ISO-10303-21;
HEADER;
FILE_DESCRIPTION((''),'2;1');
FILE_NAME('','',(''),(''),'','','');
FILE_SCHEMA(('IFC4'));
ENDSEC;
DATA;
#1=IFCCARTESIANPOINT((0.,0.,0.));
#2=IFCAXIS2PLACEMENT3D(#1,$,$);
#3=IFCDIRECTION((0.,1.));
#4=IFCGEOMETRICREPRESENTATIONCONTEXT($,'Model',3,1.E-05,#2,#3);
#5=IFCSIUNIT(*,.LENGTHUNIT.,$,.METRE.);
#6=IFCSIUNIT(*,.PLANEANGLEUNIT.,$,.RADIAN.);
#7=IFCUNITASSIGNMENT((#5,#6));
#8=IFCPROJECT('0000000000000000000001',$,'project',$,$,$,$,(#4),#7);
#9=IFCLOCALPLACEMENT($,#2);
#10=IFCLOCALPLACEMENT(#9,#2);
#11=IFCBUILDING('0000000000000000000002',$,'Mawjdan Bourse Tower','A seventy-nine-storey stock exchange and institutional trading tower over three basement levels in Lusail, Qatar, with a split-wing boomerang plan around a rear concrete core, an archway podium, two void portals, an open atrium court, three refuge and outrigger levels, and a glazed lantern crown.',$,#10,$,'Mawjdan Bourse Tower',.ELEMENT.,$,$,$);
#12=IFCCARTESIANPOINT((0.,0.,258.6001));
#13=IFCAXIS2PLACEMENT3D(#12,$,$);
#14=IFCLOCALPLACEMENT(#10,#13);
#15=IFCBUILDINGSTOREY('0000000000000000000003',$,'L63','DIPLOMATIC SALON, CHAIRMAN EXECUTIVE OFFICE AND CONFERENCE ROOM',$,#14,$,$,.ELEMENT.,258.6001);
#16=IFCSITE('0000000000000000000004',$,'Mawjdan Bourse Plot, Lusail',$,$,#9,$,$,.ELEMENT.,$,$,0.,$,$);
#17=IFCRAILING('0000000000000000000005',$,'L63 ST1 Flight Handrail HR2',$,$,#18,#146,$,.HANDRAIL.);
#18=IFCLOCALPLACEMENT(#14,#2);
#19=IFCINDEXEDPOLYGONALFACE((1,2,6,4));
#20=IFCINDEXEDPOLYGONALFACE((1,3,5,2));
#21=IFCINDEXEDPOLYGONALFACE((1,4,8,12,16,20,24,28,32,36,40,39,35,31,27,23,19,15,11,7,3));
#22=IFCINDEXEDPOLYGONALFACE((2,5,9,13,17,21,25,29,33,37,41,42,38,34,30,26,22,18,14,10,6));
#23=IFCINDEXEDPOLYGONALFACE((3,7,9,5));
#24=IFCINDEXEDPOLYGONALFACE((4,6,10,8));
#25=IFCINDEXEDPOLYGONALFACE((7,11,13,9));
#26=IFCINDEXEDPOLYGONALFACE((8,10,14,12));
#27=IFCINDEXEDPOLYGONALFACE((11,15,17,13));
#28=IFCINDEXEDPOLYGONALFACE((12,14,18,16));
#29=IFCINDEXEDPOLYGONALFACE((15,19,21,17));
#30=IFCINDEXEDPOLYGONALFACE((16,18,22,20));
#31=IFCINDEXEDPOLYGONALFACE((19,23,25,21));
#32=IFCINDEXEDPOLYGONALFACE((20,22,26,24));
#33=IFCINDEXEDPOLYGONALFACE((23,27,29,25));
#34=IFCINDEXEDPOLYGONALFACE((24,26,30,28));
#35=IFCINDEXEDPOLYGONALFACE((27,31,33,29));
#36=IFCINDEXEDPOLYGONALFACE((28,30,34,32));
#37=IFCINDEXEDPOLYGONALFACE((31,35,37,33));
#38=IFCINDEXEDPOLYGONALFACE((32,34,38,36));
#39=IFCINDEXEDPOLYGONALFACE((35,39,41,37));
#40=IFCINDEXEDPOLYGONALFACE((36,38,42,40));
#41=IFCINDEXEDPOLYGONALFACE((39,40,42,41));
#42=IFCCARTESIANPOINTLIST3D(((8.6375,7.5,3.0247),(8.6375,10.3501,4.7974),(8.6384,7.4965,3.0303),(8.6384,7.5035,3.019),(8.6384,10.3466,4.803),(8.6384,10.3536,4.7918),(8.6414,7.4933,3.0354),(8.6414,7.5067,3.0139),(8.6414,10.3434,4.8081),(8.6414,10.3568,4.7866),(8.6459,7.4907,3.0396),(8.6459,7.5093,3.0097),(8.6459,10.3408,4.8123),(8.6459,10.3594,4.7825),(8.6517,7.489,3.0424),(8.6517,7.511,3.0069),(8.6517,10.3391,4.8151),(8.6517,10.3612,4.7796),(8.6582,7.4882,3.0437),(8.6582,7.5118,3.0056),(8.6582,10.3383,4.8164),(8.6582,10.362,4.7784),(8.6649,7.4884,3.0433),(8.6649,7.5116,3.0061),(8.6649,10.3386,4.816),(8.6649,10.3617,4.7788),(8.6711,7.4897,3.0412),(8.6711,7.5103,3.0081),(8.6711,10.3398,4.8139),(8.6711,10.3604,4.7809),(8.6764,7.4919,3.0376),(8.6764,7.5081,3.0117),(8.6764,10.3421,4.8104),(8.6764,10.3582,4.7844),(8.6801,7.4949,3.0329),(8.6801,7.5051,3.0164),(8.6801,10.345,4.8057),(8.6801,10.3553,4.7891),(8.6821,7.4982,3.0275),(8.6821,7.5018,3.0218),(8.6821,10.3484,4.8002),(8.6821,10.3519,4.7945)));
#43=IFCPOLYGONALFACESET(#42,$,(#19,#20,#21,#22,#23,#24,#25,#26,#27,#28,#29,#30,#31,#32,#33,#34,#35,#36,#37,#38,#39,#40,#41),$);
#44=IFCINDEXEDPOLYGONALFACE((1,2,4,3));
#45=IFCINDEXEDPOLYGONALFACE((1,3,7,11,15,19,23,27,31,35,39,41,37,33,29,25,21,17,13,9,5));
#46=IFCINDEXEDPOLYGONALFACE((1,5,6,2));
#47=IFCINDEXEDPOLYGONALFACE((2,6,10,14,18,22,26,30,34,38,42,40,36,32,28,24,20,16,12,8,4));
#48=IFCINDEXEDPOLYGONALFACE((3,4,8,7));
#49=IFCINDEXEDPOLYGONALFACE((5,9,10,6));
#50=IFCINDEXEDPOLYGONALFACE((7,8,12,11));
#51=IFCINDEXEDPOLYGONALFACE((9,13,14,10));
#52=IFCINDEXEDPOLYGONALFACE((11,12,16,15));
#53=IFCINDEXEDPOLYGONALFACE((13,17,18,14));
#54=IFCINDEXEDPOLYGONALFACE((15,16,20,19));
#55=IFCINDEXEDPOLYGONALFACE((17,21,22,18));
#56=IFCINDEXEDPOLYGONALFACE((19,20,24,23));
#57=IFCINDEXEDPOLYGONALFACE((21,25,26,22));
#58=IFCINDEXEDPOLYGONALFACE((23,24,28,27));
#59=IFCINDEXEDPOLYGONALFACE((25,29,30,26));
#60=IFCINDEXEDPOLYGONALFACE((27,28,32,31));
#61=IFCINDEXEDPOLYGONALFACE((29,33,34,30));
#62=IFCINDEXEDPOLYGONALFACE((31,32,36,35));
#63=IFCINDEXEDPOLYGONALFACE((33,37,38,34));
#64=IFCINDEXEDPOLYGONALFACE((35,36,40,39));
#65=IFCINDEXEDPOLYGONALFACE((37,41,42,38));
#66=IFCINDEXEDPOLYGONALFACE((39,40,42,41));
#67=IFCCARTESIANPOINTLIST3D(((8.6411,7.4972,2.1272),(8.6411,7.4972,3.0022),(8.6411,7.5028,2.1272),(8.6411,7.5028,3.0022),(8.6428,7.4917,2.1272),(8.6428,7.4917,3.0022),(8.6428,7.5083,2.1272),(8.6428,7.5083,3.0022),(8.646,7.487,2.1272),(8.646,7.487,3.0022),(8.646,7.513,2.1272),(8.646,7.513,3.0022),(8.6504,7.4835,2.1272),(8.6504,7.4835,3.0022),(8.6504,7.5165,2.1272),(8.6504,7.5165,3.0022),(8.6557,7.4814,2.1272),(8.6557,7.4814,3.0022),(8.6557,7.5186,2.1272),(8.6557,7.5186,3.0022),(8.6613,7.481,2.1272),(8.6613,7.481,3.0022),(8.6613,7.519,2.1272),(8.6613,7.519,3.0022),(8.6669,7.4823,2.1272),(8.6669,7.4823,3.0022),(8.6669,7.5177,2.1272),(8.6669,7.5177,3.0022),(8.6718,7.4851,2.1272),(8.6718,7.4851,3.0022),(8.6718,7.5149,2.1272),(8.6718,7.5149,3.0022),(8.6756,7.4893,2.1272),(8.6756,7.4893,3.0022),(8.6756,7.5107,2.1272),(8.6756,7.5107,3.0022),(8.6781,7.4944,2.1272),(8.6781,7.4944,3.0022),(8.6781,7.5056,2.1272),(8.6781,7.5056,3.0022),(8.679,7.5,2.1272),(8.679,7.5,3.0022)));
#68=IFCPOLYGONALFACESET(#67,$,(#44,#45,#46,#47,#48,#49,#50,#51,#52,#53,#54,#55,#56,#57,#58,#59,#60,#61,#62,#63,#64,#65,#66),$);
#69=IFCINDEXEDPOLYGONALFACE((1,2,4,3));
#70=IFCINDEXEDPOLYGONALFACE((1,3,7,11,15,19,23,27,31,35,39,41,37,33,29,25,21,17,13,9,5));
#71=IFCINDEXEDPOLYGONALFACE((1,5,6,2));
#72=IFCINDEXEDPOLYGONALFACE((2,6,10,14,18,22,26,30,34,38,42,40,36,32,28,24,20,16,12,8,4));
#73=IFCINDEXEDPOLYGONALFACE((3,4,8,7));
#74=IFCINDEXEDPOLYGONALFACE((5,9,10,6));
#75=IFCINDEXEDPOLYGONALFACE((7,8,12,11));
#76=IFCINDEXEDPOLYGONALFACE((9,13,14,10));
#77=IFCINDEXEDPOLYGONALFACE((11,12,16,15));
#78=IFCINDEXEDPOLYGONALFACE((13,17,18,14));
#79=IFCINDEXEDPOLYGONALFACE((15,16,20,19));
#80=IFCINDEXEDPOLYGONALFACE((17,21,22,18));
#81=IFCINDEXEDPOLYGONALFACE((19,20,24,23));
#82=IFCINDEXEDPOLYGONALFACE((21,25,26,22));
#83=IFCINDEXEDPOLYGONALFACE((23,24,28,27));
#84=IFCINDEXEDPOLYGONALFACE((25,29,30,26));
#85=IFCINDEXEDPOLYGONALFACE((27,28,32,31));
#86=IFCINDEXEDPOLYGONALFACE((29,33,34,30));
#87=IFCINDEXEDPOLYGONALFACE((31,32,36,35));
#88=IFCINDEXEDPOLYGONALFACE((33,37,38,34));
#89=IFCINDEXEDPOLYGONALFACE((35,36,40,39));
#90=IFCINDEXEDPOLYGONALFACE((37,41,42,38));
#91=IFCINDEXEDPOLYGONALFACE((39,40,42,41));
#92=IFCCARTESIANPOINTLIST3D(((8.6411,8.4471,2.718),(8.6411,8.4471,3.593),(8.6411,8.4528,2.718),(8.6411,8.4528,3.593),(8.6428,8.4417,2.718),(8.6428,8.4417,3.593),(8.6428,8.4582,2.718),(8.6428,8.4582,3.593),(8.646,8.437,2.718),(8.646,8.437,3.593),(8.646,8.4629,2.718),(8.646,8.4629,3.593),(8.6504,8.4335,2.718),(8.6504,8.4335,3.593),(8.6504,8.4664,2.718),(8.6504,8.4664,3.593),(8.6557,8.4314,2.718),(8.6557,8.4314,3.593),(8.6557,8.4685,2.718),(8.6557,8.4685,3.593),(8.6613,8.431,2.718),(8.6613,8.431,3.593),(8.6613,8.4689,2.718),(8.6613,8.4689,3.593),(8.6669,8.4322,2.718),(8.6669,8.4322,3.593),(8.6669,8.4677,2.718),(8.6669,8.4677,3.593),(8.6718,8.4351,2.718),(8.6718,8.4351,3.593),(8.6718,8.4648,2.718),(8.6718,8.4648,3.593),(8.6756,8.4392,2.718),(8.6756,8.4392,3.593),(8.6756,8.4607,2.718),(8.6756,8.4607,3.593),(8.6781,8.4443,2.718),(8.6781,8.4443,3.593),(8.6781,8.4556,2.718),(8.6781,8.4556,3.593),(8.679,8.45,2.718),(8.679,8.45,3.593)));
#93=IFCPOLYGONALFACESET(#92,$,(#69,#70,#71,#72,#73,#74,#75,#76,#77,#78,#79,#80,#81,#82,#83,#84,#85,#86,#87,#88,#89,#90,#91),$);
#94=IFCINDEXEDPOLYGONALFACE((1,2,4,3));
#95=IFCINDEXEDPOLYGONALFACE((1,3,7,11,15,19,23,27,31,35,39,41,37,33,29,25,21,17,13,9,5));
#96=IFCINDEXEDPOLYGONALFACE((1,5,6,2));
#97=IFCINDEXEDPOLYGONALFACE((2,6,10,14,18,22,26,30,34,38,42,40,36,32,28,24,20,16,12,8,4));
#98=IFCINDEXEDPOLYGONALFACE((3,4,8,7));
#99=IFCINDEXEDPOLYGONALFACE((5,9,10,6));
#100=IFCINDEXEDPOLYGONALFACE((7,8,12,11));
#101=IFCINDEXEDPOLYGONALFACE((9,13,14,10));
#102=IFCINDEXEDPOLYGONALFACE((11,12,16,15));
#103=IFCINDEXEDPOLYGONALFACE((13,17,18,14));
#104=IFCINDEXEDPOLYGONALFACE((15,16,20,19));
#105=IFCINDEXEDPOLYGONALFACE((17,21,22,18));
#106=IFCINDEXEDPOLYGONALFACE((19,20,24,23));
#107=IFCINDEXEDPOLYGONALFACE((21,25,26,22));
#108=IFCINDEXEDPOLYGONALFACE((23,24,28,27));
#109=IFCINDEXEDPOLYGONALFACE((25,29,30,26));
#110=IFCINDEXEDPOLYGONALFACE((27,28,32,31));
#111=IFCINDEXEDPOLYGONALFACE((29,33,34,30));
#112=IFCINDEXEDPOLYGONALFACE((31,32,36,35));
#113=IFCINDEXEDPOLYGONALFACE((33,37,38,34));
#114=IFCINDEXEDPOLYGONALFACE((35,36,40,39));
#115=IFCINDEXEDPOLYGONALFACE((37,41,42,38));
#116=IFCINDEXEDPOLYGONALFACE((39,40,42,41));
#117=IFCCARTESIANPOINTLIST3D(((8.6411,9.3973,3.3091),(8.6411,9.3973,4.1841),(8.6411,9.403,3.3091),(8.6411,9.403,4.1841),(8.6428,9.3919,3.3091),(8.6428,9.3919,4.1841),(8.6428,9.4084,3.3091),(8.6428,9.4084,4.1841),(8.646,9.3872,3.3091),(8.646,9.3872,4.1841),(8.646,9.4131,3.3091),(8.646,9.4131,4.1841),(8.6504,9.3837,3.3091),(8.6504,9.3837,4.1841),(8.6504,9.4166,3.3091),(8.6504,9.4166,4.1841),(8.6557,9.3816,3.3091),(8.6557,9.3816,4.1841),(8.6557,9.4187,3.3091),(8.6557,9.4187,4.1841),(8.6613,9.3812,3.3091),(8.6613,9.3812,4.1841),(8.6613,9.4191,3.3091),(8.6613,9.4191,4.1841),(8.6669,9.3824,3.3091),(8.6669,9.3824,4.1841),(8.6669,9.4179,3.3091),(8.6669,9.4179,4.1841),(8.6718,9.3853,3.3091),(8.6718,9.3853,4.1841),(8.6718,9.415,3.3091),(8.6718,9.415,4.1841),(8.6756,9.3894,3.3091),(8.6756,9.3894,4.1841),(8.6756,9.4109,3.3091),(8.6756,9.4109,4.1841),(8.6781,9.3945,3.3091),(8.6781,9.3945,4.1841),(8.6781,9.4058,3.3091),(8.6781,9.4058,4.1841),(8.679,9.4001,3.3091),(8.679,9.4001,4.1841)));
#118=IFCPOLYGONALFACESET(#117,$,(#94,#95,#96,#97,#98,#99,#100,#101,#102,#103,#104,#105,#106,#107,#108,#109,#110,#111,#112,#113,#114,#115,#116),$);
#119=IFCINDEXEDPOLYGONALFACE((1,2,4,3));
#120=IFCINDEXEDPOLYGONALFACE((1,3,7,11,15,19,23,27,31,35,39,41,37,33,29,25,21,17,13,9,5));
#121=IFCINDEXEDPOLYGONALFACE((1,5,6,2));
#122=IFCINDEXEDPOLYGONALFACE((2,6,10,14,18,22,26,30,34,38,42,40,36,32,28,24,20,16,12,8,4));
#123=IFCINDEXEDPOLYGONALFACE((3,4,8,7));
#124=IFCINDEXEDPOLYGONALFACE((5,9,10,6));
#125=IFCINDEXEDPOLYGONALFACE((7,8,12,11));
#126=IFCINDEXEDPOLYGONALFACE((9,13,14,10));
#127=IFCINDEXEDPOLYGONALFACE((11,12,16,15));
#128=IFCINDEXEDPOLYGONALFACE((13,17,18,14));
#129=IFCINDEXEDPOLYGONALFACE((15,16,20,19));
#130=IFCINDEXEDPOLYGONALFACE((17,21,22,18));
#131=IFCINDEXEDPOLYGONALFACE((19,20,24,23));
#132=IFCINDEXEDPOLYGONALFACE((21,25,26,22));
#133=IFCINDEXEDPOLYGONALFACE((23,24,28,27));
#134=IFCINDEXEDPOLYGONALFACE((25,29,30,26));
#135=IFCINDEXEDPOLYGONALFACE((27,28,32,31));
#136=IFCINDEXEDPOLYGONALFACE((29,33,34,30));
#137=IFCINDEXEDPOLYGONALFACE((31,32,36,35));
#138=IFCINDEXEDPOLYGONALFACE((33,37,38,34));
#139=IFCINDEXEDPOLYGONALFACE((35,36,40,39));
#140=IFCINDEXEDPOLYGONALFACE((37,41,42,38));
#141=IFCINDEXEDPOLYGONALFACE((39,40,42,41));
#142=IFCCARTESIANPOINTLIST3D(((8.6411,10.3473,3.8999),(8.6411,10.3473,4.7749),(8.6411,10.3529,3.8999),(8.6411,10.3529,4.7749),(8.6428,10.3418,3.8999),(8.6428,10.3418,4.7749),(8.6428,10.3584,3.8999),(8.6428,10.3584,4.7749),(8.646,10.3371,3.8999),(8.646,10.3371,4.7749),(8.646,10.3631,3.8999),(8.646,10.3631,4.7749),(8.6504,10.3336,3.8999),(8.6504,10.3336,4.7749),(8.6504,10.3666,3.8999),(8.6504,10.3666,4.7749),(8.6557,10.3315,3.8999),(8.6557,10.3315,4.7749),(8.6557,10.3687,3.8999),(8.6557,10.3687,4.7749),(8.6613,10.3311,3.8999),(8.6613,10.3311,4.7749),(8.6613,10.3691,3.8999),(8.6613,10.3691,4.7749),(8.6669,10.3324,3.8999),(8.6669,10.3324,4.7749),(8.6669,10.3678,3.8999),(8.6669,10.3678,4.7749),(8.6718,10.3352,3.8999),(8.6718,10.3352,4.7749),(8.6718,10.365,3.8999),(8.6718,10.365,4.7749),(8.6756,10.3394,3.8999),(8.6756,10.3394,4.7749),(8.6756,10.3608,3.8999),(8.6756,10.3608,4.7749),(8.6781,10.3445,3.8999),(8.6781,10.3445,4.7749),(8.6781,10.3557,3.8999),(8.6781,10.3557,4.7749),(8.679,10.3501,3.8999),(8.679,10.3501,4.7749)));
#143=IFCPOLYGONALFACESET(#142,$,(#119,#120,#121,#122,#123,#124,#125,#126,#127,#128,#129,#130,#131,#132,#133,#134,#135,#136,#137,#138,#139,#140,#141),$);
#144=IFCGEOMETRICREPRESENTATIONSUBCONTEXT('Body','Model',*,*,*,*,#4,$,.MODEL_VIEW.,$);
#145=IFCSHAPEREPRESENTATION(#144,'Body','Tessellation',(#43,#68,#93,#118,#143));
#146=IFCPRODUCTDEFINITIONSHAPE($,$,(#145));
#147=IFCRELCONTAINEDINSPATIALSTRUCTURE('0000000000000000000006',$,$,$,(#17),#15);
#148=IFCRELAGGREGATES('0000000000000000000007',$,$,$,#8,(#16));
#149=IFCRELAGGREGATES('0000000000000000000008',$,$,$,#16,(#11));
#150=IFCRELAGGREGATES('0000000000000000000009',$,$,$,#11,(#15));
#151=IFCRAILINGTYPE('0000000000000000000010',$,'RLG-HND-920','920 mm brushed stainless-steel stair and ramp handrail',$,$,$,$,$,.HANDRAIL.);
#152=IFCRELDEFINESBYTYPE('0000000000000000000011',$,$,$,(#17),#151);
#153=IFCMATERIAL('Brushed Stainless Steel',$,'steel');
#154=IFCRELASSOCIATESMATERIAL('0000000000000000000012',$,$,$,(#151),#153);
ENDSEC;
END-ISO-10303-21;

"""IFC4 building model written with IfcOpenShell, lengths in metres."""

from ifc_helpers import new_model, si_unit, direction, frame, origin, origin_2d, place, context, subcontext, project, spatial, circle, extrude, material, type_object, element, save


model = new_model("IFC4")

# Units and contexts
model_context = context("Model", 3, precision=1e-05, world=origin(), true_north=direction((0.0, 1.0)))
body_context = subcontext(model_context, "Body", "Model", "MODEL_VIEW")
ifc_project = project(units=[si_unit("LENGTHUNIT", "METRE"), si_unit("PLANEANGLEUNIT", "RADIAN")], contexts=[model_context])

# Site, building, storey
site_placement = place(None, origin())
site = spatial("IfcSite", under=ifc_project, at=site_placement, Name="Mawjdan Bourse Plot, Lusail", CompositionType="ELEMENT", RefElevation=0.0)
building_placement = place(site_placement, origin())
building = spatial("IfcBuilding", under=site, at=building_placement, Name="Mawjdan Bourse Tower", Description="A seventy-nine-storey stock exchange and institutional trading tower over three basement levels in Lusail, Qatar, with a split-wing boomerang plan around a rear concrete core, an archway podium, two void portals, an open atrium court, three refuge and outrigger levels, and a glazed lantern crown.", LongName="Mawjdan Bourse Tower", CompositionType="ELEMENT")
storey_placement = place(building_placement, frame((0.0, 0.0, 258.6001)))
storey = spatial("IfcBuildingStorey", under=building, at=storey_placement, Name="L63", Description="DIPLOMATIC SALON, CHAIRMAN EXECUTIVE OFFICE AND CONFERENCE ROOM", CompositionType="ELEMENT", Elevation=258.6001)

# Railing
ifc_material_1 = material(Name="Brushed Stainless Steel", Category="steel")
railing_type = type_object("IfcRailingType", Name="RLG-HND-920", Description="920 mm brushed stainless-steel stair and ramp handrail", PredefinedType="HANDRAIL", material=ifc_material_1)
railing_placement = place(storey_placement, frame((8.6599, 7.5, 2.1272)))
element("IfcRailing", 1, at=railing_placement, inside=storey, type_object=railing_type, Name="L63 ST1 Flight Handrail HR2", PredefinedType="HANDRAIL", context=body_context, shape_type="SweptSolid", body=[
    extrude(circle(Radius=0.0225, at=origin_2d()), frame((0.0, 0.0, 0.8975), z_axis=(0.0, 0.849149, 0.528154), x_axis=(-1.0, 0.0, 0.0)), (0.0, 0.0, 1.0), 3.3564),
    extrude(circle(Radius=0.019, at=origin_2d()), origin(), (0.0, 0.0, 1.0), 0.875),
    extrude(circle(Radius=0.019, at=origin_2d()), frame((0.0, 0.95, 0.5908)), (0.0, 0.0, 1.0), 0.875),
    extrude(circle(Radius=0.019, at=origin_2d()), frame((0.0, 1.9001, 1.1819)), (0.0, 0.0, 1.0), 0.875),
    extrude(circle(Radius=0.019, at=origin_2d()), frame((0.0, 2.8501, 1.7727)), (0.0, 0.0, 1.0), 0.875),
])

save(model, "model.ifc")
